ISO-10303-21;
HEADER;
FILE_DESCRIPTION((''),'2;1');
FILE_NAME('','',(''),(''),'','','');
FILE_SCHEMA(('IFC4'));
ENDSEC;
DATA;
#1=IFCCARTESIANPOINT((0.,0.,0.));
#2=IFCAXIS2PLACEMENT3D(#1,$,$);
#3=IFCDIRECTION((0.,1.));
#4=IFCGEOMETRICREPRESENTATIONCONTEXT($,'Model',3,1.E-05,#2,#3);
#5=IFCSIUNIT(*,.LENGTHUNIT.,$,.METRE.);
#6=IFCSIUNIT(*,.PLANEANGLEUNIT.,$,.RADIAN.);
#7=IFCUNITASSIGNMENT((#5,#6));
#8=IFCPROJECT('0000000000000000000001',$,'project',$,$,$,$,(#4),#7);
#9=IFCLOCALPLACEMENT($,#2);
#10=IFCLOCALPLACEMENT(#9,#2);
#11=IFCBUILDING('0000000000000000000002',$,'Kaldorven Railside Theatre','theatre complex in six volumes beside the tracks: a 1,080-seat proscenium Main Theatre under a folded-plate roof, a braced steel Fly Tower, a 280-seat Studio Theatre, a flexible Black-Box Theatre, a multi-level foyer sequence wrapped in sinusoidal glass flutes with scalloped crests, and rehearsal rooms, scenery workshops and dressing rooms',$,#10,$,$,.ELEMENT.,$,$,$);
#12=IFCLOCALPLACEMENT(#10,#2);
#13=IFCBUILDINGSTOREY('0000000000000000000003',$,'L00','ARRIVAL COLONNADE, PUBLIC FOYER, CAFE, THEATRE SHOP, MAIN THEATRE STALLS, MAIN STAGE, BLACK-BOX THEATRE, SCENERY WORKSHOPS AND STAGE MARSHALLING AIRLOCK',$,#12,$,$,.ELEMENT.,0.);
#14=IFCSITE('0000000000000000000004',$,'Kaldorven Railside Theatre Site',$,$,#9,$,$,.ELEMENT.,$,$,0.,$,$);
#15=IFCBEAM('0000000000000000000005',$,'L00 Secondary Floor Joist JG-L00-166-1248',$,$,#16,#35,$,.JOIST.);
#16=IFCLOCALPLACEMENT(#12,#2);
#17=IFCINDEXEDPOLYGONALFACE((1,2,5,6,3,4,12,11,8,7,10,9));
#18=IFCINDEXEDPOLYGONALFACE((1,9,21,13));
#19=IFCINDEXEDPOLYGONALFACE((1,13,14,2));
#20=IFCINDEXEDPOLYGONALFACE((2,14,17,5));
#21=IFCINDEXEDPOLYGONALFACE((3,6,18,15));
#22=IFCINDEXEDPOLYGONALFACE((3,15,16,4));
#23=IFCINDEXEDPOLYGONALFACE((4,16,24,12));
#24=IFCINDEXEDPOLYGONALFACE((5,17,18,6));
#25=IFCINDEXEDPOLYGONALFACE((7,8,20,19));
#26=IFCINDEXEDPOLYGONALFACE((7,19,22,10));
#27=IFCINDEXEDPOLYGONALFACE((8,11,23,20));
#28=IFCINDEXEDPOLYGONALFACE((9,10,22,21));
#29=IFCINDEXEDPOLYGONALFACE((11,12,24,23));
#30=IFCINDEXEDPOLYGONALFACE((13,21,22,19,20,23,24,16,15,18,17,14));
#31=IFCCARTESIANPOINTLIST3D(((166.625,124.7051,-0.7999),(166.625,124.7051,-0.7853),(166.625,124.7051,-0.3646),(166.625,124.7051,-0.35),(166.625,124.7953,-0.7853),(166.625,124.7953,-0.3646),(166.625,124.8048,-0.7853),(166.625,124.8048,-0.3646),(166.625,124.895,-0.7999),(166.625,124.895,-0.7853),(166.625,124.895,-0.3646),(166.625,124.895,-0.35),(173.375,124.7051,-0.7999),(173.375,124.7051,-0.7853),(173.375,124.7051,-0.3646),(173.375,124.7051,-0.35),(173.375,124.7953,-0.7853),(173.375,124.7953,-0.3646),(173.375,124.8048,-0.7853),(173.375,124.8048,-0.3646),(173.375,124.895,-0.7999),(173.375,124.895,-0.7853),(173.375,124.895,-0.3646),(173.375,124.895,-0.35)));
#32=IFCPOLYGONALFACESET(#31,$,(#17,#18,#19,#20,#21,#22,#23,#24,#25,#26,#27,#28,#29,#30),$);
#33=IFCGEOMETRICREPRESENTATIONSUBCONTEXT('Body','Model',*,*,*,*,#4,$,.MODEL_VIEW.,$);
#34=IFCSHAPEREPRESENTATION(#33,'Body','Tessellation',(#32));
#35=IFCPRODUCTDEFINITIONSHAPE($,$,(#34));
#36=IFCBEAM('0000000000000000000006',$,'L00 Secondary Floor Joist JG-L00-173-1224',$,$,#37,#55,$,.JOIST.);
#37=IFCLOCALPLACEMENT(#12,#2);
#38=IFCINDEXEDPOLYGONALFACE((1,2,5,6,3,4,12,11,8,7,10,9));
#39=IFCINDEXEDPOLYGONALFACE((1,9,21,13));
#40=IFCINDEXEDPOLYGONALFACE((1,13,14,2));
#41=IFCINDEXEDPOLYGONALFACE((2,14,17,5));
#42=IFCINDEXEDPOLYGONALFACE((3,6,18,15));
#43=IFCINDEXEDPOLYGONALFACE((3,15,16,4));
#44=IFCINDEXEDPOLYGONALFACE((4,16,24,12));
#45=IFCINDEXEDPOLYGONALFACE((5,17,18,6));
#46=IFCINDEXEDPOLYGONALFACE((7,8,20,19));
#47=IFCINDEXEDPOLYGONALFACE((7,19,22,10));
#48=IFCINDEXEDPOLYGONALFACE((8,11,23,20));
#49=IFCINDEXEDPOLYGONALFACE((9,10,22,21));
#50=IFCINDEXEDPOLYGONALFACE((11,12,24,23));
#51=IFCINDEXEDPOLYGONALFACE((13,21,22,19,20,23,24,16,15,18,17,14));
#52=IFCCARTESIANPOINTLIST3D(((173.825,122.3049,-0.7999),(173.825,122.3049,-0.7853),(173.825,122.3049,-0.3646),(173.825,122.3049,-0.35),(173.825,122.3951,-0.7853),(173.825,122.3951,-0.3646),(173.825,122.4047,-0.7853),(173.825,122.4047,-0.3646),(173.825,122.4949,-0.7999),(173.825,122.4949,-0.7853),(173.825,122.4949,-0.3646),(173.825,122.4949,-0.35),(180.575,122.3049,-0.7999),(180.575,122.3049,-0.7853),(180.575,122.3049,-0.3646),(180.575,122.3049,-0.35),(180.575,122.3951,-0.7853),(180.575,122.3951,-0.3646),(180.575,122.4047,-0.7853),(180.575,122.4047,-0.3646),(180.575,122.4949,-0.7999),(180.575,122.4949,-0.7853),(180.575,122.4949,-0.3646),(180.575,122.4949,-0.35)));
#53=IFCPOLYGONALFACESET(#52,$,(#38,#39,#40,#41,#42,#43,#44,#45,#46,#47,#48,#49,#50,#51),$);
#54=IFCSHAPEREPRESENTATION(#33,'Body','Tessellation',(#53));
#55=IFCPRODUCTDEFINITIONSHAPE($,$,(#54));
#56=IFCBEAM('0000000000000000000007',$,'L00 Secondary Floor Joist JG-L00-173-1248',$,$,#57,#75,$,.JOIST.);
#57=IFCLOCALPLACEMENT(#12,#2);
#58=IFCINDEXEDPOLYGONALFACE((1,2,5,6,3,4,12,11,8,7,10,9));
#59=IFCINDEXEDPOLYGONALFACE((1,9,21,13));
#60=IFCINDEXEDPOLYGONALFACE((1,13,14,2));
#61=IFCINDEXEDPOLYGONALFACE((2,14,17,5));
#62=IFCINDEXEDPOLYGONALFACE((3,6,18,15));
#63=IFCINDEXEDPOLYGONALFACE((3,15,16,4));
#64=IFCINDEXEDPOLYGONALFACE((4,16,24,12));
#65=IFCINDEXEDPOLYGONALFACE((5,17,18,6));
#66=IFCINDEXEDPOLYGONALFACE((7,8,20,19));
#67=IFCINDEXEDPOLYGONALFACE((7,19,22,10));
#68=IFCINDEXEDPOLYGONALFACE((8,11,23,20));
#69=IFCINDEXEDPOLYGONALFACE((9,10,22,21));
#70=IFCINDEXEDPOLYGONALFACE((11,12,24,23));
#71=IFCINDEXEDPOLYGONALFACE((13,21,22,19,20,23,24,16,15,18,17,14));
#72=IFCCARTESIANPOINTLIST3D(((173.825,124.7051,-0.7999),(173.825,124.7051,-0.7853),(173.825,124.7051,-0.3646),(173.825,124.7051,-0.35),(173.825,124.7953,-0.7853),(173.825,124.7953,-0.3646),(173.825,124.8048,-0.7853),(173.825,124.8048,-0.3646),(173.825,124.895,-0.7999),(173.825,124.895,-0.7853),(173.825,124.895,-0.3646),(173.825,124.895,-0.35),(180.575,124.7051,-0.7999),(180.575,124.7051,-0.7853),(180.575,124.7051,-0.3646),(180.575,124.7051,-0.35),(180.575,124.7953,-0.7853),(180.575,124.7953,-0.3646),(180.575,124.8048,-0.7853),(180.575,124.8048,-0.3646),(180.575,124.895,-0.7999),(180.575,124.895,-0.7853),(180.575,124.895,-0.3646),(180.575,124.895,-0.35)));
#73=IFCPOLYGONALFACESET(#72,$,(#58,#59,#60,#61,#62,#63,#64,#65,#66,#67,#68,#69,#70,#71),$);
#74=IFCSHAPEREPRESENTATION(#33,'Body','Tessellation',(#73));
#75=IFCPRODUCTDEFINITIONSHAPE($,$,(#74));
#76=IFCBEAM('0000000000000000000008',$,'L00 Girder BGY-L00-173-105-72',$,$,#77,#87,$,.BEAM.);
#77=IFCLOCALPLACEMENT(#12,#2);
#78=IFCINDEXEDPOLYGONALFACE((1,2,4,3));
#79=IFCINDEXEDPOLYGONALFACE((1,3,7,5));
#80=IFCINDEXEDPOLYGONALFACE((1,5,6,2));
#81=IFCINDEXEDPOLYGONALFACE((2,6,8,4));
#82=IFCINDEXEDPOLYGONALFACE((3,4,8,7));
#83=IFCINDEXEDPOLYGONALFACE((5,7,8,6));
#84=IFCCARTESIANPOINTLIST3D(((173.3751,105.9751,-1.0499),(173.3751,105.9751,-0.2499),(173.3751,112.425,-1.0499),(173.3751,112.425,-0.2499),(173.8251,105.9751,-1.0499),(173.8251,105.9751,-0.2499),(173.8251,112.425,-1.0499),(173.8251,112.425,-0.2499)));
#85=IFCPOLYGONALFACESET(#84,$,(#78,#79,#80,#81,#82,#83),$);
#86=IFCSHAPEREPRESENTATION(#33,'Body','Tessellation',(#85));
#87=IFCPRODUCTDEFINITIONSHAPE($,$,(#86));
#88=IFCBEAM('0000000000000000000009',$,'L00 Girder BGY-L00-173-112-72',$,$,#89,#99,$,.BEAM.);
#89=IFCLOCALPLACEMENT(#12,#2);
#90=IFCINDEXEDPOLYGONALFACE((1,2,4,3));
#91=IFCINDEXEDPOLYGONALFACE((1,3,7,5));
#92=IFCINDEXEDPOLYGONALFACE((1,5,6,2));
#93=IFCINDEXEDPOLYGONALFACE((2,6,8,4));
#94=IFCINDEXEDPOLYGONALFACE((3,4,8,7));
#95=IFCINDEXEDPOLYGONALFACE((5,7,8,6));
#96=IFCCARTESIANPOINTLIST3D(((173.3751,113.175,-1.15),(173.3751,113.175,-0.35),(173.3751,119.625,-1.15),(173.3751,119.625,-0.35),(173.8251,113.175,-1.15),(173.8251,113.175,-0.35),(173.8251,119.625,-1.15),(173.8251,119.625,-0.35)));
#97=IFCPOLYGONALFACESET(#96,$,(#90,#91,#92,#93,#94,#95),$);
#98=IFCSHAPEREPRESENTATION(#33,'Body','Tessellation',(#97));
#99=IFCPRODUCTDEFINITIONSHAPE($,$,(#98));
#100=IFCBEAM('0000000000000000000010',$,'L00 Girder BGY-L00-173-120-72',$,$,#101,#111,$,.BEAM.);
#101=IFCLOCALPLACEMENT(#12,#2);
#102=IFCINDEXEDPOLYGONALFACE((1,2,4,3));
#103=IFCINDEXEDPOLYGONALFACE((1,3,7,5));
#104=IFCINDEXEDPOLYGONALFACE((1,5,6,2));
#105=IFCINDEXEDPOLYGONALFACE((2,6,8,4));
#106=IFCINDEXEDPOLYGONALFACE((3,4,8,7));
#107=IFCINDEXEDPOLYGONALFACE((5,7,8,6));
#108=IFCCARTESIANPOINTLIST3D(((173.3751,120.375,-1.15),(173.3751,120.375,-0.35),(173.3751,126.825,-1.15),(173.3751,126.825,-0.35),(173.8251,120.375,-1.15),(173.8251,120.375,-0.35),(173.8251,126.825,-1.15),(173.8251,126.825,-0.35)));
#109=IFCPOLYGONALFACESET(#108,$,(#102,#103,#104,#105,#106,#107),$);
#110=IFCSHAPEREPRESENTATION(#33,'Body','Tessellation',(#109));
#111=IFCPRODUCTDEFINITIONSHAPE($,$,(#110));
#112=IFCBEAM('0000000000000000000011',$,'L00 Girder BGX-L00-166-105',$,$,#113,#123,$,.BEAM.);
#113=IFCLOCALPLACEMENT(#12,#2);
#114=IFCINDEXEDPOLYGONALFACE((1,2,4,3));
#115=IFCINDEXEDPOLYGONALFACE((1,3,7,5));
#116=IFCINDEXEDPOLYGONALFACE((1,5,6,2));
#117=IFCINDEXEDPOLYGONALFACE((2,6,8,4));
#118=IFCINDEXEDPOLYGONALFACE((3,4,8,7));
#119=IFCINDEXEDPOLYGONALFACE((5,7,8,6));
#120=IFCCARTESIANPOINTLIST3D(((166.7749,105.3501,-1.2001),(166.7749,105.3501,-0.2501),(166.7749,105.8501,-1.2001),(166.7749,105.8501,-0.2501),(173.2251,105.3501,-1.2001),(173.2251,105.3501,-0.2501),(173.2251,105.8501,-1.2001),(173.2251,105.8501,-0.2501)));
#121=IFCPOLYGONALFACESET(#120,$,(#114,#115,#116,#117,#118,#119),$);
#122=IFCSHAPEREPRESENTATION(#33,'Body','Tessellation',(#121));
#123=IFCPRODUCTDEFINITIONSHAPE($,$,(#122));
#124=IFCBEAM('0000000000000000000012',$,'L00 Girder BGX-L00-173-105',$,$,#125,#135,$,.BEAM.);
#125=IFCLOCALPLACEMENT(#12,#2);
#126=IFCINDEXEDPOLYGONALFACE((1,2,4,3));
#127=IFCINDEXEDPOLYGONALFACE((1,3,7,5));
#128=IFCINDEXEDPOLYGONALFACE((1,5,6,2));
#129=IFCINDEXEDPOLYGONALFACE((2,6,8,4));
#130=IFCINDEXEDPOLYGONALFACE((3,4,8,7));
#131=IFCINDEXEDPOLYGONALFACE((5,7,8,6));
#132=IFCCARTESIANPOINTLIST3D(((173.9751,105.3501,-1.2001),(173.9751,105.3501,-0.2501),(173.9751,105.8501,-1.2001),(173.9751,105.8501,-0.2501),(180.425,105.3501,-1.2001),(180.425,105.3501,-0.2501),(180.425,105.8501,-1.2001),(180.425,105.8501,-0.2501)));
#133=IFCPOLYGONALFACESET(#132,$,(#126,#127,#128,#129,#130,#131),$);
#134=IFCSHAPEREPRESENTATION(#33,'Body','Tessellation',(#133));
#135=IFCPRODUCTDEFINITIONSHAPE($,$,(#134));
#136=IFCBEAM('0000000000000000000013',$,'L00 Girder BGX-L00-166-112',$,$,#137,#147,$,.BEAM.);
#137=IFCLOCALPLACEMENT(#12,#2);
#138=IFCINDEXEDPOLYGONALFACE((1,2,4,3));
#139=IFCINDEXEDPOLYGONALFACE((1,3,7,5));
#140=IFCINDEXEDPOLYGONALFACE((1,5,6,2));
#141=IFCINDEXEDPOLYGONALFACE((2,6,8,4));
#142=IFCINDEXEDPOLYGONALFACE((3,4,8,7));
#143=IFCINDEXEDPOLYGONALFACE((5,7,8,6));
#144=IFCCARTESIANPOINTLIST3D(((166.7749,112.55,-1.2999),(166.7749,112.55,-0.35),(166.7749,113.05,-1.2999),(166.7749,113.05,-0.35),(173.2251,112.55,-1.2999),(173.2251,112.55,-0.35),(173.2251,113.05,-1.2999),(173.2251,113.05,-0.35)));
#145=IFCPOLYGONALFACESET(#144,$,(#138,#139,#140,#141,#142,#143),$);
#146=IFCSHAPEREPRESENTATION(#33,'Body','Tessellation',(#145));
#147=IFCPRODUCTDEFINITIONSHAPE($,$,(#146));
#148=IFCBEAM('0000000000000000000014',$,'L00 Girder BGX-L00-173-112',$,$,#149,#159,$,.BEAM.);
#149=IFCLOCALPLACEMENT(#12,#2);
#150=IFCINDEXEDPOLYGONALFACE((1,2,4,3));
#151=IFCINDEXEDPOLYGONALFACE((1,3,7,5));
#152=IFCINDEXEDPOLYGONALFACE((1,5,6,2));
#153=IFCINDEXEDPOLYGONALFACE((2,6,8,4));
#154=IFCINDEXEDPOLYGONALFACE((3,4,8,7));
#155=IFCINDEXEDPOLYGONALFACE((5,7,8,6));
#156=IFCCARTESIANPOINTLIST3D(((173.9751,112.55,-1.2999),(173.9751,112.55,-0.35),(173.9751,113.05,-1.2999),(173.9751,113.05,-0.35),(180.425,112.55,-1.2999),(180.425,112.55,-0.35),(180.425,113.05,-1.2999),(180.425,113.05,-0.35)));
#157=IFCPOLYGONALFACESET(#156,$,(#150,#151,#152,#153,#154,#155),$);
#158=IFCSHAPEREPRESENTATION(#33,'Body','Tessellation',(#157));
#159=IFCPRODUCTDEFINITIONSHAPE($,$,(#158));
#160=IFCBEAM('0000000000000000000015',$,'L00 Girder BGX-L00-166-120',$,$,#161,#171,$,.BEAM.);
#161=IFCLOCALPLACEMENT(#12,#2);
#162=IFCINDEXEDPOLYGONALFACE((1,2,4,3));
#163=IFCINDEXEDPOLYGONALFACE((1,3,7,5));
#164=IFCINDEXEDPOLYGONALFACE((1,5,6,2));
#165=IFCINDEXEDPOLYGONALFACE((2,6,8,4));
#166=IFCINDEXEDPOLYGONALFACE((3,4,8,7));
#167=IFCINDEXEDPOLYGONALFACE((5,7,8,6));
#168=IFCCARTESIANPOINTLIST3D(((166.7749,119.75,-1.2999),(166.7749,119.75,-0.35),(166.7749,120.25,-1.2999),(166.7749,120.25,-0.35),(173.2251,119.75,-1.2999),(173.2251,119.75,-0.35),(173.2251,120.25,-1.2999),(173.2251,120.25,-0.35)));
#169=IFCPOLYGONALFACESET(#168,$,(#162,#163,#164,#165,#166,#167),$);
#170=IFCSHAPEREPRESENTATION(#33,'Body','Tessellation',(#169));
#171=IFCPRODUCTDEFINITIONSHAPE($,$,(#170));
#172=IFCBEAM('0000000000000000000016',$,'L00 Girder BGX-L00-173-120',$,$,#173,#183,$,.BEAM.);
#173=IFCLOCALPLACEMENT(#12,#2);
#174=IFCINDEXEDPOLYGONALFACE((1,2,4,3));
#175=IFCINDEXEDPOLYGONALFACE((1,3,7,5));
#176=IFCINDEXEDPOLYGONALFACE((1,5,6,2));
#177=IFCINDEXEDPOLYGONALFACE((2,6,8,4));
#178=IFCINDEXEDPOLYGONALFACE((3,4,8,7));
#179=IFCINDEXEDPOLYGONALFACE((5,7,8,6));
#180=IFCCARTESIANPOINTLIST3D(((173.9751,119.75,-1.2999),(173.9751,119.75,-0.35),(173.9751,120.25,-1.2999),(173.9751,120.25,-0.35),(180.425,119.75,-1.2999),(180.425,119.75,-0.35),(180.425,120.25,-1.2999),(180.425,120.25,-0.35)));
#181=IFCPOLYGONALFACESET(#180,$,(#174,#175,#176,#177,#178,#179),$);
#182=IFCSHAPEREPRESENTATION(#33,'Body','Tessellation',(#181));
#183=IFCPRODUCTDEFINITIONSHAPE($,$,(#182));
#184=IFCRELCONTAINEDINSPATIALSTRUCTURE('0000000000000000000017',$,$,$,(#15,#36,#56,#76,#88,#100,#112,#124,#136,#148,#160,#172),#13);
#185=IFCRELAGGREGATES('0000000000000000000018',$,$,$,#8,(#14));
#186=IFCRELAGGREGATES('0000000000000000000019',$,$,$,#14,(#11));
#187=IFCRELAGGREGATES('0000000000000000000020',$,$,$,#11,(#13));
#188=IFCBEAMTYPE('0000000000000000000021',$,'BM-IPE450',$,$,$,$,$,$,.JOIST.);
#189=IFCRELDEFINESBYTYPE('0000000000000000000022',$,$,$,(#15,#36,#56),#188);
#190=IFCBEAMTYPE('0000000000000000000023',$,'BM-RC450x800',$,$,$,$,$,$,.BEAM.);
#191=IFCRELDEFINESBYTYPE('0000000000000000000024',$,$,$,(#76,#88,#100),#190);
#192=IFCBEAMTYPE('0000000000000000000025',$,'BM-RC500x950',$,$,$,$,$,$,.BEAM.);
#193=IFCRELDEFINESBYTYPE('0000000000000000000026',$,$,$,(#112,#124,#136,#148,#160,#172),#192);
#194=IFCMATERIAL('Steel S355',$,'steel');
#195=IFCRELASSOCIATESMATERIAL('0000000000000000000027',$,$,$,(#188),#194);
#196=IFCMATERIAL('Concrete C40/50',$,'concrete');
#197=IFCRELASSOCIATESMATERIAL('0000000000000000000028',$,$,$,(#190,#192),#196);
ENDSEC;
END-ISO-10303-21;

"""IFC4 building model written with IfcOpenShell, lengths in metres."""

from ifc_helpers import new_model, si_unit, direction, frame, origin, origin_2d, place, context, subcontext, project, spatial, rectangle, i_section, extrude, material, material_profile, profile_set, type_object, element, save


model = new_model("IFC4")

# Units and contexts
model_context = context("Model", 3, precision=1e-05, world=origin(), true_north=direction((0.0, 1.0)))
body_context = subcontext(model_context, "Body", "Model", "MODEL_VIEW")
ifc_project = project(units=[si_unit("LENGTHUNIT", "METRE"), si_unit("PLANEANGLEUNIT", "RADIAN")], contexts=[model_context])

# Site, building, storey
site_placement = place(None, origin())
site = spatial("IfcSite", under=ifc_project, at=site_placement, Name="Kaldorven Railside Theatre Site", CompositionType="ELEMENT", RefElevation=0.0)
building_placement = place(site_placement, origin())
building = spatial("IfcBuilding", under=site, at=building_placement, Name="Kaldorven Railside Theatre", Description="theatre complex in six volumes beside the tracks: a 1,080-seat proscenium Main Theatre under a folded-plate roof, a braced steel Fly Tower, a 280-seat Studio Theatre, a flexible Black-Box Theatre, a multi-level foyer sequence wrapped in sinusoidal glass flutes with scalloped crests, and rehearsal rooms, scenery workshops and dressing rooms", CompositionType="ELEMENT")
storey_placement = place(building_placement, origin())
storey = spatial("IfcBuildingStorey", under=building, at=storey_placement, Name="L00", Description="ARRIVAL COLONNADE, PUBLIC FOYER, CAFE, THEATRE SHOP, MAIN THEATRE STALLS, MAIN STAGE, BLACK-BOX THEATRE, SCENERY WORKSHOPS AND STAGE MARSHALLING AIRLOCK", CompositionType="ELEMENT", Elevation=0.0)

# Shared definitions
ifc_material_1 = material(Name="Concrete C40/50", Category="concrete")

# Beams
ifc_material_2 = material(Name="Steel S355", Category="steel")
ifc_material_profile_1 = material_profile(ifc_material_2, i_section(OverallWidth=0.1899, OverallDepth=0.45, WebThickness=0.0095, FlangeThickness=0.0146, at=origin_2d()), Name="IPE 450")
ifc_profile_set_1 = profile_set([ifc_material_profile_1], Name="Steel S355")
beam_type_1 = type_object("IfcBeamType", Name="BM-IPE450", PredefinedType="JOIST", material=ifc_profile_set_1)
for number, where, z_axis, x_axis, name in (
    (1, (166.625, 124.8, -0.575), (1.0, 0.0, 0.0), (0.0, 1.0, 0.0), "L00 Secondary Floor Joist JG-L00-166-1248"),
    (2, (173.825, 122.3999, -0.575), (1.0, 0.0, 0.0), (0.0, 1.0, 0.0), "L00 Secondary Floor Joist JG-L00-173-1224"),
    (3, (173.825, 124.8, -0.575), (1.0, 0.0, 0.0), (0.0, 1.0, 0.0), "L00 Secondary Floor Joist JG-L00-173-1248"),
):
    element("IfcBeam", number, at=place(storey_placement, frame(where, z_axis=z_axis, x_axis=x_axis)), inside=storey, type_object=beam_type_1, Name=name, PredefinedType="JOIST", context=body_context, shape_type="SweptSolid", body=[
        extrude(i_section(OverallWidth=0.1899, OverallDepth=0.45, WebThickness=0.0095, FlangeThickness=0.0146, at=origin_2d()), origin(), (0.0, 0.0, 1.0), 6.75),
    ])
ifc_material_profile_2 = material_profile(ifc_material_1, rectangle(XDim=0.45, YDim=0.8, at=origin_2d()), Name="RC 450x800")
ifc_profile_set_2 = profile_set([ifc_material_profile_2], Name="Concrete C40/50")
beam_type_2 = type_object("IfcBeamType", Name="BM-RC450x800", PredefinedType="BEAM", material=ifc_profile_set_2)
for number, where, z_axis, x_axis, name in (
    (4, (173.6001, 105.9751, -0.6499), (0.0, 1.0, 0.0), (-1.0, 0.0, 0.0), "L00 Girder BGY-L00-173-105-72"),
    (5, (173.6001, 113.175, -0.75), (0.0, 1.0, 0.0), (-1.0, 0.0, 0.0), "L00 Girder BGY-L00-173-112-72"),
    (6, (173.6001, 120.375, -0.75), (0.0, 1.0, 0.0), (-1.0, 0.0, 0.0), "L00 Girder BGY-L00-173-120-72"),
):
    element("IfcBeam", number, at=place(storey_placement, frame(where, z_axis=z_axis, x_axis=x_axis)), inside=storey, type_object=beam_type_2, Name=name, PredefinedType="BEAM", context=body_context, shape_type="SweptSolid", body=[
        extrude(rectangle(XDim=0.45, YDim=0.8, at=origin_2d()), origin(), (0.0, 0.0, 1.0), 6.45),
    ])
ifc_material_profile_3 = material_profile(ifc_material_1, rectangle(XDim=0.5, YDim=0.95, at=origin_2d()), Name="RC 500x950")
ifc_profile_set_3 = profile_set([ifc_material_profile_3], Name="Concrete C40/50")
beam_type_3 = type_object("IfcBeamType", Name="BM-RC500x950", PredefinedType="BEAM", material=ifc_profile_set_3)
beam_1_placement = place(storey_placement, frame((166.7749, 105.6001, -0.7251), z_axis=(1.0, 0.0, 0.0), x_axis=(0.0, 1.0, 0.0)))
element("IfcBeam", 7, at=beam_1_placement, inside=storey, type_object=beam_type_3, Name="L00 Girder BGX-L00-166-105", PredefinedType="BEAM", context=body_context, shape_type="SweptSolid", body=[
    extrude(rectangle(XDim=0.5, YDim=0.95, at=origin_2d()), origin(), (0.0, 0.0, 1.0), 6.4502),
])
beam_2_placement = place(storey_placement, frame((173.9751, 105.6001, -0.7251), z_axis=(1.0, 0.0, 0.0), x_axis=(0.0, 1.0, 0.0)))
element("IfcBeam", 8, at=beam_2_placement, inside=storey, type_object=beam_type_3, Name="L00 Girder BGX-L00-173-105", PredefinedType="BEAM", context=body_context, shape_type="SweptSolid", body=[
    extrude(rectangle(XDim=0.5, YDim=0.95, at=origin_2d()), origin(), (0.0, 0.0, 1.0), 6.45),
])
beam_3_placement = place(storey_placement, frame((166.7749, 112.8, -0.825), z_axis=(1.0, 0.0, 0.0), x_axis=(0.0, 1.0, 0.0)))
element("IfcBeam", 9, at=beam_3_placement, inside=storey, type_object=beam_type_3, Name="L00 Girder BGX-L00-166-112", PredefinedType="BEAM", context=body_context, shape_type="SweptSolid", body=[
    extrude(rectangle(XDim=0.5, YDim=0.95, at=origin_2d()), origin(), (0.0, 0.0, 1.0), 6.4502),
])
beam_4_placement = place(storey_placement, frame((173.9751, 112.8, -0.825), z_axis=(1.0, 0.0, 0.0), x_axis=(0.0, 1.0, 0.0)))
element("IfcBeam", 10, at=beam_4_placement, inside=storey, type_object=beam_type_3, Name="L00 Girder BGX-L00-173-112", PredefinedType="BEAM", context=body_context, shape_type="SweptSolid", body=[
    extrude(rectangle(XDim=0.5, YDim=0.95, at=origin_2d()), origin(), (0.0, 0.0, 1.0), 6.45),
])
beam_5_placement = place(storey_placement, frame((166.7749, 120.0, -0.825), z_axis=(1.0, 0.0, 0.0), x_axis=(0.0, 1.0, 0.0)))
element("IfcBeam", 11, at=beam_5_placement, inside=storey, type_object=beam_type_3, Name="L00 Girder BGX-L00-166-120", PredefinedType="BEAM", context=body_context, shape_type="SweptSolid", body=[
    extrude(rectangle(XDim=0.5, YDim=0.95, at=origin_2d()), origin(), (0.0, 0.0, 1.0), 6.4502),
])
beam_6_placement = place(storey_placement, frame((173.9751, 120.0, -0.825), z_axis=(1.0, 0.0, 0.0), x_axis=(0.0, 1.0, 0.0)))
element("IfcBeam", 12, at=beam_6_placement, inside=storey, type_object=beam_type_3, Name="L00 Girder BGX-L00-173-120", PredefinedType="BEAM", context=body_context, shape_type="SweptSolid", body=[
    extrude(rectangle(XDim=0.5, YDim=0.95, at=origin_2d()), origin(), (0.0, 0.0, 1.0), 6.45),
])

save(model, "model.ifc")
